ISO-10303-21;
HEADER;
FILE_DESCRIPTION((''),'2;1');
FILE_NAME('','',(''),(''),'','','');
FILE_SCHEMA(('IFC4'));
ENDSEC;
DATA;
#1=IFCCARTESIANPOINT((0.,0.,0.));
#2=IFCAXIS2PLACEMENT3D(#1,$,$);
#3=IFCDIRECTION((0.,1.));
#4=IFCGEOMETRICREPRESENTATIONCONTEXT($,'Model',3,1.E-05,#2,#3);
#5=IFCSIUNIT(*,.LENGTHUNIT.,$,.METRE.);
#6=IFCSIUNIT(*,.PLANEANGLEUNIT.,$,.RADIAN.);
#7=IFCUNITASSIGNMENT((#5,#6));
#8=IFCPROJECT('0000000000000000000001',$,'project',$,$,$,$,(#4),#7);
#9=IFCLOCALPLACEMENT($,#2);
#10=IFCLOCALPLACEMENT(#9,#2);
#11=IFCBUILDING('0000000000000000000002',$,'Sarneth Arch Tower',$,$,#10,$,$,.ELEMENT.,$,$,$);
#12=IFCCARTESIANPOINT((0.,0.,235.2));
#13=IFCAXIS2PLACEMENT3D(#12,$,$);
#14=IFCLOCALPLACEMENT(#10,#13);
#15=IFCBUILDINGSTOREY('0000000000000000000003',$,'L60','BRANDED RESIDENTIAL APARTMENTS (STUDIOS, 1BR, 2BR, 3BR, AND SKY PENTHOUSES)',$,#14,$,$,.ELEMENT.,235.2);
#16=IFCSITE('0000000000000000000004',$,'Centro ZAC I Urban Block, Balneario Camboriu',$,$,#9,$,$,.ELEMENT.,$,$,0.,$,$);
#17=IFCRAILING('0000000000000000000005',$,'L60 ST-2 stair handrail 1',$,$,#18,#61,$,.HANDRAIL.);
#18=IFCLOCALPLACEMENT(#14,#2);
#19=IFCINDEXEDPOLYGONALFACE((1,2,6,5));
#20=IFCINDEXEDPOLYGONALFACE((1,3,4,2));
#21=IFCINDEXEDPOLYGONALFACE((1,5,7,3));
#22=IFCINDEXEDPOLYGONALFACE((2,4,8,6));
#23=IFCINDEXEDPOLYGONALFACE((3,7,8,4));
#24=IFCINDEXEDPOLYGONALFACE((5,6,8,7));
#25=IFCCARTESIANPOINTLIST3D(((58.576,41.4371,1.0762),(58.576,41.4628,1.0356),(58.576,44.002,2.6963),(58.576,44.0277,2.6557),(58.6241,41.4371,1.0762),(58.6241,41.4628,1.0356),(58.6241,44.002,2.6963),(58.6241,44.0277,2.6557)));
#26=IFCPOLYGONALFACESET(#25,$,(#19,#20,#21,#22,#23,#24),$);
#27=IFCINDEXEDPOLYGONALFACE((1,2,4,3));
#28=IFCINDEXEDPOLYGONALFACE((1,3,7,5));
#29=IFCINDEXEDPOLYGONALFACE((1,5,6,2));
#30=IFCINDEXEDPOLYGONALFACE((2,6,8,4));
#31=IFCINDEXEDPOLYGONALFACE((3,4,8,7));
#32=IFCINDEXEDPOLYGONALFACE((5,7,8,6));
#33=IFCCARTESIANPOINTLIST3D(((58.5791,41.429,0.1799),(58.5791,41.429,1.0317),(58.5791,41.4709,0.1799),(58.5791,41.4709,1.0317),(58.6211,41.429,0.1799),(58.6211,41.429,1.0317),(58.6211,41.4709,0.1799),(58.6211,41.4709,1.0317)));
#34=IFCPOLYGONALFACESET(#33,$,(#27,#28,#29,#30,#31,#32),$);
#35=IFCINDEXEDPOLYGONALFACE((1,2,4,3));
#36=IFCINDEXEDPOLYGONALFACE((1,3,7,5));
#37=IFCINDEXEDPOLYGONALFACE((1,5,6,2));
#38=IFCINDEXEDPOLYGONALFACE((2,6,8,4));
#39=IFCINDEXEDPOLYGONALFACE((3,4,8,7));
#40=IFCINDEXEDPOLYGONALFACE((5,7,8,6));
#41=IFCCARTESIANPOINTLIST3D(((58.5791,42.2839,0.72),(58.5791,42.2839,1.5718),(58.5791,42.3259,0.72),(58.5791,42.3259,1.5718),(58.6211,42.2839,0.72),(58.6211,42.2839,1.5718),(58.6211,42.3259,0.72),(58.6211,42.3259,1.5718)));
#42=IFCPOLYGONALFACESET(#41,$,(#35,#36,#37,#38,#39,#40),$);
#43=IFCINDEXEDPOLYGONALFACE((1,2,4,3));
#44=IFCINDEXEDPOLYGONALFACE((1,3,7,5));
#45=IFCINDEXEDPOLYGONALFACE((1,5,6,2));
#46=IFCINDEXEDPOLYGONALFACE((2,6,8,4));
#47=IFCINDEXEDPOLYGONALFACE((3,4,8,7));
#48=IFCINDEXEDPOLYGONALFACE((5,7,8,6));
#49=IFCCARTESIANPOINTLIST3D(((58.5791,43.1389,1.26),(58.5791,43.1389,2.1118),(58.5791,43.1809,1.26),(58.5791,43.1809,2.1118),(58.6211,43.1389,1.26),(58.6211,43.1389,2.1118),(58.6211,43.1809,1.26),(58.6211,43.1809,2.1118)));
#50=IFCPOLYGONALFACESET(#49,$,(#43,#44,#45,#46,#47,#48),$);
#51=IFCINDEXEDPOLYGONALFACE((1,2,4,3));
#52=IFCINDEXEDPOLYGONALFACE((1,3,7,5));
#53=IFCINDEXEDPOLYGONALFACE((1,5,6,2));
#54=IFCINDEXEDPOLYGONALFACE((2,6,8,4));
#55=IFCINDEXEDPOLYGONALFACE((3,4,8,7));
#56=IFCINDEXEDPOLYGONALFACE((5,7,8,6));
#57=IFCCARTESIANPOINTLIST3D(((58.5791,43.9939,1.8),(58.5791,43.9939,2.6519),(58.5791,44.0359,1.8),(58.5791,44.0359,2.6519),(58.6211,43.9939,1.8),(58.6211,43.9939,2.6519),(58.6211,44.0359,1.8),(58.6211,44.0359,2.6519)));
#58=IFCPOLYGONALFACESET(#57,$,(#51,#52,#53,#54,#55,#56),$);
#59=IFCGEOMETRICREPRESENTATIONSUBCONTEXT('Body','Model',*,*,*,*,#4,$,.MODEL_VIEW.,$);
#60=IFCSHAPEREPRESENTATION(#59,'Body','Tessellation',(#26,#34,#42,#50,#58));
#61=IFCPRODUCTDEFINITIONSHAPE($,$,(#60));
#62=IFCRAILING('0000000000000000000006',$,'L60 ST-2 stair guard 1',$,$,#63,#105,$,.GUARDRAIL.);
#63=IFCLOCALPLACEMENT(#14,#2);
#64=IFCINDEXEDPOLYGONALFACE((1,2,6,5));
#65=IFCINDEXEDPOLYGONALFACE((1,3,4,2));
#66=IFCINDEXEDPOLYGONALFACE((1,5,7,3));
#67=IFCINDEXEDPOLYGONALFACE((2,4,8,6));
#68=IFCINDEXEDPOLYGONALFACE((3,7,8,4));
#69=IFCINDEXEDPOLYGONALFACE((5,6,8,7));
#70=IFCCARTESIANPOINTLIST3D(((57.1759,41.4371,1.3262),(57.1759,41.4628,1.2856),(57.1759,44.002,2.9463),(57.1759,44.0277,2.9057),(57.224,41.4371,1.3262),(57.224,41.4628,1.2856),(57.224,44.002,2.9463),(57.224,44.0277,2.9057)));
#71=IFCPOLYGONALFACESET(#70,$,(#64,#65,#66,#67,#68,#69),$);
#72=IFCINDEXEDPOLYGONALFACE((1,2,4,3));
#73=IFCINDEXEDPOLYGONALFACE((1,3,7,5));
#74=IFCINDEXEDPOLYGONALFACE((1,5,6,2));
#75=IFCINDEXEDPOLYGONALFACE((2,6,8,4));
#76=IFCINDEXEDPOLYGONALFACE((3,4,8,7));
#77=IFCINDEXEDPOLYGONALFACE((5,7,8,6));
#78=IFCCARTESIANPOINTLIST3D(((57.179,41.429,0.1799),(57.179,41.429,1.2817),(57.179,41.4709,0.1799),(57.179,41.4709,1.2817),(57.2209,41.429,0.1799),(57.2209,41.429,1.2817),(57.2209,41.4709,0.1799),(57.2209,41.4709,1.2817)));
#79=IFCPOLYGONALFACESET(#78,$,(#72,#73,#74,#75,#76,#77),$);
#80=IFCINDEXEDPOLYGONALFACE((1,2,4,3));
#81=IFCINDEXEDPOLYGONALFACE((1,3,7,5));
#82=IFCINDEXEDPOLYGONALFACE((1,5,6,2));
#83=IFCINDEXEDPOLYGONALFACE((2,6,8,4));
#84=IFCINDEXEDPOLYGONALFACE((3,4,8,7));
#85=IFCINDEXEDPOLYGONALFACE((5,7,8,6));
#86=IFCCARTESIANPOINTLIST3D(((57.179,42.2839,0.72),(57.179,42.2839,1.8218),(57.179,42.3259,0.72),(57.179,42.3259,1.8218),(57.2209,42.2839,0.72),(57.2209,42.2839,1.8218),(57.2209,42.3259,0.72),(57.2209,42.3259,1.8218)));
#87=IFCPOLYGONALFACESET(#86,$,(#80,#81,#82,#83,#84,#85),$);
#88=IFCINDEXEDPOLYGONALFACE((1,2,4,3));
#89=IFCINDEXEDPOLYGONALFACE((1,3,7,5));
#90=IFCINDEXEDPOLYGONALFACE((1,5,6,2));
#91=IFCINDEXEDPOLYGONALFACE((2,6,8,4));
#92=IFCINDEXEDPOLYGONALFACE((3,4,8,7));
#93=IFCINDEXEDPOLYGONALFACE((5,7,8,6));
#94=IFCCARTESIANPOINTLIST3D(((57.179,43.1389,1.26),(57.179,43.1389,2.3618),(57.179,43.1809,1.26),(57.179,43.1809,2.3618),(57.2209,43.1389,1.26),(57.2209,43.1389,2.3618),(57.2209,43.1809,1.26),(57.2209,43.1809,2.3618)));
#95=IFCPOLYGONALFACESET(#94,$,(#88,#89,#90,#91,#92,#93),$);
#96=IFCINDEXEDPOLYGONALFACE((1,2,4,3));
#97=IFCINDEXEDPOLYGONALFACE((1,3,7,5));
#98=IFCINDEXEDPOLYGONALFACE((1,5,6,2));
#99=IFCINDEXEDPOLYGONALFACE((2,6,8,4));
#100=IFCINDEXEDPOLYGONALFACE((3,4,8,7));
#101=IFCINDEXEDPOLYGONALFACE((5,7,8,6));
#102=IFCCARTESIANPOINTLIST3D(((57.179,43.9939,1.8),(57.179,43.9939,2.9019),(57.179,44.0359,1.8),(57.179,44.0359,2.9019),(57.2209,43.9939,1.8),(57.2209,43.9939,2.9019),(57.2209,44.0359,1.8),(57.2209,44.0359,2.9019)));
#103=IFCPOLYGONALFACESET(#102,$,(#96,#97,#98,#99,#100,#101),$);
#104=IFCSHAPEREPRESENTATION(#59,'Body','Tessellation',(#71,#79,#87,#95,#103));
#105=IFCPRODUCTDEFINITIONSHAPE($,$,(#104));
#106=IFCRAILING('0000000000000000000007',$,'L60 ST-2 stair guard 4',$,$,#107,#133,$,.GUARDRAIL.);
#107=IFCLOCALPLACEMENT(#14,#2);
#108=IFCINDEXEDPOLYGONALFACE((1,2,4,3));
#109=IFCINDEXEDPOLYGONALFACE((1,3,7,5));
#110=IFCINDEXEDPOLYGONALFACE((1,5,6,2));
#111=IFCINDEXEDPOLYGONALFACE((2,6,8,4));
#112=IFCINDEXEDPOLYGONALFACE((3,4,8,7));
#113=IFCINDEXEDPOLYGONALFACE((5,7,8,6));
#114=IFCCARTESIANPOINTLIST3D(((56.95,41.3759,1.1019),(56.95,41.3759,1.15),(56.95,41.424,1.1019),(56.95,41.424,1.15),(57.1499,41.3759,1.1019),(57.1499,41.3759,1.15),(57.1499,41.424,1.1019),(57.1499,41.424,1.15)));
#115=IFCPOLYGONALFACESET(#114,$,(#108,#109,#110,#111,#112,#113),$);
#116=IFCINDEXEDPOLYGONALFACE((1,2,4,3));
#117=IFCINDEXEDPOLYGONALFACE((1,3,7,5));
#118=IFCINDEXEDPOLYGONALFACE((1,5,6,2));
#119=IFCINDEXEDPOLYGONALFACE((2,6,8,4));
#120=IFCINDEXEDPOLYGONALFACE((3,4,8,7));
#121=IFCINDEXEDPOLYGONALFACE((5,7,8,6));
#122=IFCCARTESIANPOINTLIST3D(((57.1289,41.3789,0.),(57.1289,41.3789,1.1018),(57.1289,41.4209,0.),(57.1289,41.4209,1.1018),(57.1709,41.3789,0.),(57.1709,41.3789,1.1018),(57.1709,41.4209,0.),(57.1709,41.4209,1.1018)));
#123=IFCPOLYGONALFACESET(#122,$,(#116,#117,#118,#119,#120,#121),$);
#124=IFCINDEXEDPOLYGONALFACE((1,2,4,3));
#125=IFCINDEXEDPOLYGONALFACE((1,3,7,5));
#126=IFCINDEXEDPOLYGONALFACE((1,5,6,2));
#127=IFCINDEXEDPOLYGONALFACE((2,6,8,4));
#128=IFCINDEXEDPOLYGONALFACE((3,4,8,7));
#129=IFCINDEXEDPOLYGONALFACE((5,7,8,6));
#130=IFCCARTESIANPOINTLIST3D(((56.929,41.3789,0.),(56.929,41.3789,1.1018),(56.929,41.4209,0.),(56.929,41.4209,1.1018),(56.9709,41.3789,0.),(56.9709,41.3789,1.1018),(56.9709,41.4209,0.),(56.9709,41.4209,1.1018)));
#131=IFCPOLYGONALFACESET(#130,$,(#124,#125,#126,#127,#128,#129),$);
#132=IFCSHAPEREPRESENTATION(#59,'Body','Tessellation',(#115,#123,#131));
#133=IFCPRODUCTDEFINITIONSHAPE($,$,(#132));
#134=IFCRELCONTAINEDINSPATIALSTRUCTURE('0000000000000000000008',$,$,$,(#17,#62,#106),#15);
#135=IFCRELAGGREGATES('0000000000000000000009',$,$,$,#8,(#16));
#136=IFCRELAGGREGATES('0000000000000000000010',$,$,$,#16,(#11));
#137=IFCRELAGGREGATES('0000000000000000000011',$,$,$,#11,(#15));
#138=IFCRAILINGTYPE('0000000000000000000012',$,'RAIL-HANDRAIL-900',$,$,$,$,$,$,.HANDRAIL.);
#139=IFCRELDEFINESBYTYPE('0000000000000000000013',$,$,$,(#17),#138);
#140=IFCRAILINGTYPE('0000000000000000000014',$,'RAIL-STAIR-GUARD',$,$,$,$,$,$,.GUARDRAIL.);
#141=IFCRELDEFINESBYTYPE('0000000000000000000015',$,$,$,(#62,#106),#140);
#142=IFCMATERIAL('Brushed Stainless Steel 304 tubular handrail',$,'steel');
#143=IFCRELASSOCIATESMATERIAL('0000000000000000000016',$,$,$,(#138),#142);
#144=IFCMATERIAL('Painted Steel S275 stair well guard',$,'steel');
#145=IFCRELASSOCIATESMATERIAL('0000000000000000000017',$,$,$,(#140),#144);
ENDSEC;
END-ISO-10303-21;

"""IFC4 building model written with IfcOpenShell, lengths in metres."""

from ifc_helpers import new_model, si_unit, direction, frame, origin, origin_2d, place, context, subcontext, project, spatial, rectangle, extrude, material, type_object, element, save


model = new_model("IFC4")

# Units and contexts
model_context = context("Model", 3, precision=1e-05, world=origin(), true_north=direction((0.0, 1.0)))
body_context = subcontext(model_context, "Body", "Model", "MODEL_VIEW")
ifc_project = project(units=[si_unit("LENGTHUNIT", "METRE"), si_unit("PLANEANGLEUNIT", "RADIAN")], contexts=[model_context])

# Site, building, storey
site_placement = place(None, origin())
site = spatial("IfcSite", under=ifc_project, at=site_placement, Name="Centro ZAC I Urban Block, Balneario Camboriu", CompositionType="ELEMENT", RefElevation=0.0)
building_placement = place(site_placement, origin())
building = spatial("IfcBuilding", under=site, at=building_placement, Name="Sarneth Arch Tower", CompositionType="ELEMENT")
storey_placement = place(building_placement, frame((0.0, 0.0, 235.2)))
storey = spatial("IfcBuildingStorey", under=building, at=storey_placement, Name="L60", Description="BRANDED RESIDENTIAL APARTMENTS (STUDIOS, 1BR, 2BR, 3BR, AND SKY PENTHOUSES)", CompositionType="ELEMENT", Elevation=235.2)

# Railings
ifc_material_1 = material(Name="Brushed Stainless Steel 304 tubular handrail", Category="steel")
railing_type_1 = type_object("IfcRailingType", Name="RAIL-HANDRAIL-900", PredefinedType="HANDRAIL", material=ifc_material_1)
railing_1_placement = place(storey_placement, frame((58.6001, 41.45, 0.1799)))
element("IfcRailing", 1, at=railing_1_placement, inside=storey, type_object=railing_type_1, Name="L60 ST-2 stair handrail 1", PredefinedType="HANDRAIL", context=body_context, shape_type="SweptSolid", body=[
    extrude(rectangle(XDim=0.0481, YDim=0.0481, at=origin_2d()), frame((0.0, 0.0, 0.876), z_axis=(0.0, 0.845466, 0.534029), x_axis=(-1.0, 0.0, 0.0)), (0.0, 0.0, 1.0), 3.0337),
    extrude(rectangle(XDim=0.042, YDim=0.042, at=origin_2d()), origin(), (0.0, 0.0, 1.0), 0.8518),
    extrude(rectangle(XDim=0.042, YDim=0.042, at=origin_2d()), frame((0.0, 0.855, 0.54)), (0.0, 0.0, 1.0), 0.8518),
    extrude(rectangle(XDim=0.042, YDim=0.042, at=origin_2d()), frame((0.0, 1.71, 1.0801)), (0.0, 0.0, 1.0), 0.8518),
    extrude(rectangle(XDim=0.042, YDim=0.042, at=origin_2d()), frame((0.0, 2.5649, 1.6201)), (0.0, 0.0, 1.0), 0.8518),
])
ifc_material_2 = material(Name="Painted Steel S275 stair well guard", Category="steel")
railing_type_2 = type_object("IfcRailingType", Name="RAIL-STAIR-GUARD", PredefinedType="GUARDRAIL", material=ifc_material_2)
railing_2_placement = place(storey_placement, frame((57.2, 41.45, 0.1799)))
element("IfcRailing", 2, at=railing_2_placement, inside=storey, type_object=railing_type_2, Name="L60 ST-2 stair guard 1", PredefinedType="GUARDRAIL", context=body_context, shape_type="SweptSolid", body=[
    extrude(rectangle(XDim=0.0481, YDim=0.0481, at=origin_2d()), frame((0.0, 0.0, 1.126), z_axis=(0.0, 0.845466, 0.534029), x_axis=(-1.0, 0.0, 0.0)), (0.0, 0.0, 1.0), 3.0337),
    extrude(rectangle(XDim=0.042, YDim=0.042, at=origin_2d()), origin(), (0.0, 0.0, 1.0), 1.1018),
    extrude(rectangle(XDim=0.042, YDim=0.042, at=origin_2d()), frame((0.0, 0.855, 0.54)), (0.0, 0.0, 1.0), 1.1018),
    extrude(rectangle(XDim=0.042, YDim=0.042, at=origin_2d()), frame((0.0, 1.71, 1.0801)), (0.0, 0.0, 1.0), 1.1018),
    extrude(rectangle(XDim=0.042, YDim=0.042, at=origin_2d()), frame((0.0, 2.5649, 1.6201)), (0.0, 0.0, 1.0), 1.1018),
])
railing_3_placement = place(storey_placement, frame((57.1499, 41.3999, 0.0)))
element("IfcRailing", 3, at=railing_3_placement, inside=storey, type_object=railing_type_2, Name="L60 ST-2 stair guard 4", PredefinedType="GUARDRAIL", context=body_context, shape_type="SweptSolid", body=[
    extrude(rectangle(XDim=0.0481, YDim=0.0481, at=origin_2d()), frame((0.0, 0.0, 1.126), z_axis=(-1.0, 0.0, 0.0), x_axis=(0.0, -1.0, 0.0)), (0.0, 0.0, 1.0), 0.2),
    extrude(rectangle(XDim=0.042, YDim=0.042, at=origin_2d()), origin(), (0.0, 0.0, 1.0), 1.1018),
    extrude(rectangle(XDim=0.042, YDim=0.042, at=origin_2d()), frame((-0.2, 0.0, 0.0)), (0.0, 0.0, 1.0), 1.1018),
])

save(model, "model.ifc")
